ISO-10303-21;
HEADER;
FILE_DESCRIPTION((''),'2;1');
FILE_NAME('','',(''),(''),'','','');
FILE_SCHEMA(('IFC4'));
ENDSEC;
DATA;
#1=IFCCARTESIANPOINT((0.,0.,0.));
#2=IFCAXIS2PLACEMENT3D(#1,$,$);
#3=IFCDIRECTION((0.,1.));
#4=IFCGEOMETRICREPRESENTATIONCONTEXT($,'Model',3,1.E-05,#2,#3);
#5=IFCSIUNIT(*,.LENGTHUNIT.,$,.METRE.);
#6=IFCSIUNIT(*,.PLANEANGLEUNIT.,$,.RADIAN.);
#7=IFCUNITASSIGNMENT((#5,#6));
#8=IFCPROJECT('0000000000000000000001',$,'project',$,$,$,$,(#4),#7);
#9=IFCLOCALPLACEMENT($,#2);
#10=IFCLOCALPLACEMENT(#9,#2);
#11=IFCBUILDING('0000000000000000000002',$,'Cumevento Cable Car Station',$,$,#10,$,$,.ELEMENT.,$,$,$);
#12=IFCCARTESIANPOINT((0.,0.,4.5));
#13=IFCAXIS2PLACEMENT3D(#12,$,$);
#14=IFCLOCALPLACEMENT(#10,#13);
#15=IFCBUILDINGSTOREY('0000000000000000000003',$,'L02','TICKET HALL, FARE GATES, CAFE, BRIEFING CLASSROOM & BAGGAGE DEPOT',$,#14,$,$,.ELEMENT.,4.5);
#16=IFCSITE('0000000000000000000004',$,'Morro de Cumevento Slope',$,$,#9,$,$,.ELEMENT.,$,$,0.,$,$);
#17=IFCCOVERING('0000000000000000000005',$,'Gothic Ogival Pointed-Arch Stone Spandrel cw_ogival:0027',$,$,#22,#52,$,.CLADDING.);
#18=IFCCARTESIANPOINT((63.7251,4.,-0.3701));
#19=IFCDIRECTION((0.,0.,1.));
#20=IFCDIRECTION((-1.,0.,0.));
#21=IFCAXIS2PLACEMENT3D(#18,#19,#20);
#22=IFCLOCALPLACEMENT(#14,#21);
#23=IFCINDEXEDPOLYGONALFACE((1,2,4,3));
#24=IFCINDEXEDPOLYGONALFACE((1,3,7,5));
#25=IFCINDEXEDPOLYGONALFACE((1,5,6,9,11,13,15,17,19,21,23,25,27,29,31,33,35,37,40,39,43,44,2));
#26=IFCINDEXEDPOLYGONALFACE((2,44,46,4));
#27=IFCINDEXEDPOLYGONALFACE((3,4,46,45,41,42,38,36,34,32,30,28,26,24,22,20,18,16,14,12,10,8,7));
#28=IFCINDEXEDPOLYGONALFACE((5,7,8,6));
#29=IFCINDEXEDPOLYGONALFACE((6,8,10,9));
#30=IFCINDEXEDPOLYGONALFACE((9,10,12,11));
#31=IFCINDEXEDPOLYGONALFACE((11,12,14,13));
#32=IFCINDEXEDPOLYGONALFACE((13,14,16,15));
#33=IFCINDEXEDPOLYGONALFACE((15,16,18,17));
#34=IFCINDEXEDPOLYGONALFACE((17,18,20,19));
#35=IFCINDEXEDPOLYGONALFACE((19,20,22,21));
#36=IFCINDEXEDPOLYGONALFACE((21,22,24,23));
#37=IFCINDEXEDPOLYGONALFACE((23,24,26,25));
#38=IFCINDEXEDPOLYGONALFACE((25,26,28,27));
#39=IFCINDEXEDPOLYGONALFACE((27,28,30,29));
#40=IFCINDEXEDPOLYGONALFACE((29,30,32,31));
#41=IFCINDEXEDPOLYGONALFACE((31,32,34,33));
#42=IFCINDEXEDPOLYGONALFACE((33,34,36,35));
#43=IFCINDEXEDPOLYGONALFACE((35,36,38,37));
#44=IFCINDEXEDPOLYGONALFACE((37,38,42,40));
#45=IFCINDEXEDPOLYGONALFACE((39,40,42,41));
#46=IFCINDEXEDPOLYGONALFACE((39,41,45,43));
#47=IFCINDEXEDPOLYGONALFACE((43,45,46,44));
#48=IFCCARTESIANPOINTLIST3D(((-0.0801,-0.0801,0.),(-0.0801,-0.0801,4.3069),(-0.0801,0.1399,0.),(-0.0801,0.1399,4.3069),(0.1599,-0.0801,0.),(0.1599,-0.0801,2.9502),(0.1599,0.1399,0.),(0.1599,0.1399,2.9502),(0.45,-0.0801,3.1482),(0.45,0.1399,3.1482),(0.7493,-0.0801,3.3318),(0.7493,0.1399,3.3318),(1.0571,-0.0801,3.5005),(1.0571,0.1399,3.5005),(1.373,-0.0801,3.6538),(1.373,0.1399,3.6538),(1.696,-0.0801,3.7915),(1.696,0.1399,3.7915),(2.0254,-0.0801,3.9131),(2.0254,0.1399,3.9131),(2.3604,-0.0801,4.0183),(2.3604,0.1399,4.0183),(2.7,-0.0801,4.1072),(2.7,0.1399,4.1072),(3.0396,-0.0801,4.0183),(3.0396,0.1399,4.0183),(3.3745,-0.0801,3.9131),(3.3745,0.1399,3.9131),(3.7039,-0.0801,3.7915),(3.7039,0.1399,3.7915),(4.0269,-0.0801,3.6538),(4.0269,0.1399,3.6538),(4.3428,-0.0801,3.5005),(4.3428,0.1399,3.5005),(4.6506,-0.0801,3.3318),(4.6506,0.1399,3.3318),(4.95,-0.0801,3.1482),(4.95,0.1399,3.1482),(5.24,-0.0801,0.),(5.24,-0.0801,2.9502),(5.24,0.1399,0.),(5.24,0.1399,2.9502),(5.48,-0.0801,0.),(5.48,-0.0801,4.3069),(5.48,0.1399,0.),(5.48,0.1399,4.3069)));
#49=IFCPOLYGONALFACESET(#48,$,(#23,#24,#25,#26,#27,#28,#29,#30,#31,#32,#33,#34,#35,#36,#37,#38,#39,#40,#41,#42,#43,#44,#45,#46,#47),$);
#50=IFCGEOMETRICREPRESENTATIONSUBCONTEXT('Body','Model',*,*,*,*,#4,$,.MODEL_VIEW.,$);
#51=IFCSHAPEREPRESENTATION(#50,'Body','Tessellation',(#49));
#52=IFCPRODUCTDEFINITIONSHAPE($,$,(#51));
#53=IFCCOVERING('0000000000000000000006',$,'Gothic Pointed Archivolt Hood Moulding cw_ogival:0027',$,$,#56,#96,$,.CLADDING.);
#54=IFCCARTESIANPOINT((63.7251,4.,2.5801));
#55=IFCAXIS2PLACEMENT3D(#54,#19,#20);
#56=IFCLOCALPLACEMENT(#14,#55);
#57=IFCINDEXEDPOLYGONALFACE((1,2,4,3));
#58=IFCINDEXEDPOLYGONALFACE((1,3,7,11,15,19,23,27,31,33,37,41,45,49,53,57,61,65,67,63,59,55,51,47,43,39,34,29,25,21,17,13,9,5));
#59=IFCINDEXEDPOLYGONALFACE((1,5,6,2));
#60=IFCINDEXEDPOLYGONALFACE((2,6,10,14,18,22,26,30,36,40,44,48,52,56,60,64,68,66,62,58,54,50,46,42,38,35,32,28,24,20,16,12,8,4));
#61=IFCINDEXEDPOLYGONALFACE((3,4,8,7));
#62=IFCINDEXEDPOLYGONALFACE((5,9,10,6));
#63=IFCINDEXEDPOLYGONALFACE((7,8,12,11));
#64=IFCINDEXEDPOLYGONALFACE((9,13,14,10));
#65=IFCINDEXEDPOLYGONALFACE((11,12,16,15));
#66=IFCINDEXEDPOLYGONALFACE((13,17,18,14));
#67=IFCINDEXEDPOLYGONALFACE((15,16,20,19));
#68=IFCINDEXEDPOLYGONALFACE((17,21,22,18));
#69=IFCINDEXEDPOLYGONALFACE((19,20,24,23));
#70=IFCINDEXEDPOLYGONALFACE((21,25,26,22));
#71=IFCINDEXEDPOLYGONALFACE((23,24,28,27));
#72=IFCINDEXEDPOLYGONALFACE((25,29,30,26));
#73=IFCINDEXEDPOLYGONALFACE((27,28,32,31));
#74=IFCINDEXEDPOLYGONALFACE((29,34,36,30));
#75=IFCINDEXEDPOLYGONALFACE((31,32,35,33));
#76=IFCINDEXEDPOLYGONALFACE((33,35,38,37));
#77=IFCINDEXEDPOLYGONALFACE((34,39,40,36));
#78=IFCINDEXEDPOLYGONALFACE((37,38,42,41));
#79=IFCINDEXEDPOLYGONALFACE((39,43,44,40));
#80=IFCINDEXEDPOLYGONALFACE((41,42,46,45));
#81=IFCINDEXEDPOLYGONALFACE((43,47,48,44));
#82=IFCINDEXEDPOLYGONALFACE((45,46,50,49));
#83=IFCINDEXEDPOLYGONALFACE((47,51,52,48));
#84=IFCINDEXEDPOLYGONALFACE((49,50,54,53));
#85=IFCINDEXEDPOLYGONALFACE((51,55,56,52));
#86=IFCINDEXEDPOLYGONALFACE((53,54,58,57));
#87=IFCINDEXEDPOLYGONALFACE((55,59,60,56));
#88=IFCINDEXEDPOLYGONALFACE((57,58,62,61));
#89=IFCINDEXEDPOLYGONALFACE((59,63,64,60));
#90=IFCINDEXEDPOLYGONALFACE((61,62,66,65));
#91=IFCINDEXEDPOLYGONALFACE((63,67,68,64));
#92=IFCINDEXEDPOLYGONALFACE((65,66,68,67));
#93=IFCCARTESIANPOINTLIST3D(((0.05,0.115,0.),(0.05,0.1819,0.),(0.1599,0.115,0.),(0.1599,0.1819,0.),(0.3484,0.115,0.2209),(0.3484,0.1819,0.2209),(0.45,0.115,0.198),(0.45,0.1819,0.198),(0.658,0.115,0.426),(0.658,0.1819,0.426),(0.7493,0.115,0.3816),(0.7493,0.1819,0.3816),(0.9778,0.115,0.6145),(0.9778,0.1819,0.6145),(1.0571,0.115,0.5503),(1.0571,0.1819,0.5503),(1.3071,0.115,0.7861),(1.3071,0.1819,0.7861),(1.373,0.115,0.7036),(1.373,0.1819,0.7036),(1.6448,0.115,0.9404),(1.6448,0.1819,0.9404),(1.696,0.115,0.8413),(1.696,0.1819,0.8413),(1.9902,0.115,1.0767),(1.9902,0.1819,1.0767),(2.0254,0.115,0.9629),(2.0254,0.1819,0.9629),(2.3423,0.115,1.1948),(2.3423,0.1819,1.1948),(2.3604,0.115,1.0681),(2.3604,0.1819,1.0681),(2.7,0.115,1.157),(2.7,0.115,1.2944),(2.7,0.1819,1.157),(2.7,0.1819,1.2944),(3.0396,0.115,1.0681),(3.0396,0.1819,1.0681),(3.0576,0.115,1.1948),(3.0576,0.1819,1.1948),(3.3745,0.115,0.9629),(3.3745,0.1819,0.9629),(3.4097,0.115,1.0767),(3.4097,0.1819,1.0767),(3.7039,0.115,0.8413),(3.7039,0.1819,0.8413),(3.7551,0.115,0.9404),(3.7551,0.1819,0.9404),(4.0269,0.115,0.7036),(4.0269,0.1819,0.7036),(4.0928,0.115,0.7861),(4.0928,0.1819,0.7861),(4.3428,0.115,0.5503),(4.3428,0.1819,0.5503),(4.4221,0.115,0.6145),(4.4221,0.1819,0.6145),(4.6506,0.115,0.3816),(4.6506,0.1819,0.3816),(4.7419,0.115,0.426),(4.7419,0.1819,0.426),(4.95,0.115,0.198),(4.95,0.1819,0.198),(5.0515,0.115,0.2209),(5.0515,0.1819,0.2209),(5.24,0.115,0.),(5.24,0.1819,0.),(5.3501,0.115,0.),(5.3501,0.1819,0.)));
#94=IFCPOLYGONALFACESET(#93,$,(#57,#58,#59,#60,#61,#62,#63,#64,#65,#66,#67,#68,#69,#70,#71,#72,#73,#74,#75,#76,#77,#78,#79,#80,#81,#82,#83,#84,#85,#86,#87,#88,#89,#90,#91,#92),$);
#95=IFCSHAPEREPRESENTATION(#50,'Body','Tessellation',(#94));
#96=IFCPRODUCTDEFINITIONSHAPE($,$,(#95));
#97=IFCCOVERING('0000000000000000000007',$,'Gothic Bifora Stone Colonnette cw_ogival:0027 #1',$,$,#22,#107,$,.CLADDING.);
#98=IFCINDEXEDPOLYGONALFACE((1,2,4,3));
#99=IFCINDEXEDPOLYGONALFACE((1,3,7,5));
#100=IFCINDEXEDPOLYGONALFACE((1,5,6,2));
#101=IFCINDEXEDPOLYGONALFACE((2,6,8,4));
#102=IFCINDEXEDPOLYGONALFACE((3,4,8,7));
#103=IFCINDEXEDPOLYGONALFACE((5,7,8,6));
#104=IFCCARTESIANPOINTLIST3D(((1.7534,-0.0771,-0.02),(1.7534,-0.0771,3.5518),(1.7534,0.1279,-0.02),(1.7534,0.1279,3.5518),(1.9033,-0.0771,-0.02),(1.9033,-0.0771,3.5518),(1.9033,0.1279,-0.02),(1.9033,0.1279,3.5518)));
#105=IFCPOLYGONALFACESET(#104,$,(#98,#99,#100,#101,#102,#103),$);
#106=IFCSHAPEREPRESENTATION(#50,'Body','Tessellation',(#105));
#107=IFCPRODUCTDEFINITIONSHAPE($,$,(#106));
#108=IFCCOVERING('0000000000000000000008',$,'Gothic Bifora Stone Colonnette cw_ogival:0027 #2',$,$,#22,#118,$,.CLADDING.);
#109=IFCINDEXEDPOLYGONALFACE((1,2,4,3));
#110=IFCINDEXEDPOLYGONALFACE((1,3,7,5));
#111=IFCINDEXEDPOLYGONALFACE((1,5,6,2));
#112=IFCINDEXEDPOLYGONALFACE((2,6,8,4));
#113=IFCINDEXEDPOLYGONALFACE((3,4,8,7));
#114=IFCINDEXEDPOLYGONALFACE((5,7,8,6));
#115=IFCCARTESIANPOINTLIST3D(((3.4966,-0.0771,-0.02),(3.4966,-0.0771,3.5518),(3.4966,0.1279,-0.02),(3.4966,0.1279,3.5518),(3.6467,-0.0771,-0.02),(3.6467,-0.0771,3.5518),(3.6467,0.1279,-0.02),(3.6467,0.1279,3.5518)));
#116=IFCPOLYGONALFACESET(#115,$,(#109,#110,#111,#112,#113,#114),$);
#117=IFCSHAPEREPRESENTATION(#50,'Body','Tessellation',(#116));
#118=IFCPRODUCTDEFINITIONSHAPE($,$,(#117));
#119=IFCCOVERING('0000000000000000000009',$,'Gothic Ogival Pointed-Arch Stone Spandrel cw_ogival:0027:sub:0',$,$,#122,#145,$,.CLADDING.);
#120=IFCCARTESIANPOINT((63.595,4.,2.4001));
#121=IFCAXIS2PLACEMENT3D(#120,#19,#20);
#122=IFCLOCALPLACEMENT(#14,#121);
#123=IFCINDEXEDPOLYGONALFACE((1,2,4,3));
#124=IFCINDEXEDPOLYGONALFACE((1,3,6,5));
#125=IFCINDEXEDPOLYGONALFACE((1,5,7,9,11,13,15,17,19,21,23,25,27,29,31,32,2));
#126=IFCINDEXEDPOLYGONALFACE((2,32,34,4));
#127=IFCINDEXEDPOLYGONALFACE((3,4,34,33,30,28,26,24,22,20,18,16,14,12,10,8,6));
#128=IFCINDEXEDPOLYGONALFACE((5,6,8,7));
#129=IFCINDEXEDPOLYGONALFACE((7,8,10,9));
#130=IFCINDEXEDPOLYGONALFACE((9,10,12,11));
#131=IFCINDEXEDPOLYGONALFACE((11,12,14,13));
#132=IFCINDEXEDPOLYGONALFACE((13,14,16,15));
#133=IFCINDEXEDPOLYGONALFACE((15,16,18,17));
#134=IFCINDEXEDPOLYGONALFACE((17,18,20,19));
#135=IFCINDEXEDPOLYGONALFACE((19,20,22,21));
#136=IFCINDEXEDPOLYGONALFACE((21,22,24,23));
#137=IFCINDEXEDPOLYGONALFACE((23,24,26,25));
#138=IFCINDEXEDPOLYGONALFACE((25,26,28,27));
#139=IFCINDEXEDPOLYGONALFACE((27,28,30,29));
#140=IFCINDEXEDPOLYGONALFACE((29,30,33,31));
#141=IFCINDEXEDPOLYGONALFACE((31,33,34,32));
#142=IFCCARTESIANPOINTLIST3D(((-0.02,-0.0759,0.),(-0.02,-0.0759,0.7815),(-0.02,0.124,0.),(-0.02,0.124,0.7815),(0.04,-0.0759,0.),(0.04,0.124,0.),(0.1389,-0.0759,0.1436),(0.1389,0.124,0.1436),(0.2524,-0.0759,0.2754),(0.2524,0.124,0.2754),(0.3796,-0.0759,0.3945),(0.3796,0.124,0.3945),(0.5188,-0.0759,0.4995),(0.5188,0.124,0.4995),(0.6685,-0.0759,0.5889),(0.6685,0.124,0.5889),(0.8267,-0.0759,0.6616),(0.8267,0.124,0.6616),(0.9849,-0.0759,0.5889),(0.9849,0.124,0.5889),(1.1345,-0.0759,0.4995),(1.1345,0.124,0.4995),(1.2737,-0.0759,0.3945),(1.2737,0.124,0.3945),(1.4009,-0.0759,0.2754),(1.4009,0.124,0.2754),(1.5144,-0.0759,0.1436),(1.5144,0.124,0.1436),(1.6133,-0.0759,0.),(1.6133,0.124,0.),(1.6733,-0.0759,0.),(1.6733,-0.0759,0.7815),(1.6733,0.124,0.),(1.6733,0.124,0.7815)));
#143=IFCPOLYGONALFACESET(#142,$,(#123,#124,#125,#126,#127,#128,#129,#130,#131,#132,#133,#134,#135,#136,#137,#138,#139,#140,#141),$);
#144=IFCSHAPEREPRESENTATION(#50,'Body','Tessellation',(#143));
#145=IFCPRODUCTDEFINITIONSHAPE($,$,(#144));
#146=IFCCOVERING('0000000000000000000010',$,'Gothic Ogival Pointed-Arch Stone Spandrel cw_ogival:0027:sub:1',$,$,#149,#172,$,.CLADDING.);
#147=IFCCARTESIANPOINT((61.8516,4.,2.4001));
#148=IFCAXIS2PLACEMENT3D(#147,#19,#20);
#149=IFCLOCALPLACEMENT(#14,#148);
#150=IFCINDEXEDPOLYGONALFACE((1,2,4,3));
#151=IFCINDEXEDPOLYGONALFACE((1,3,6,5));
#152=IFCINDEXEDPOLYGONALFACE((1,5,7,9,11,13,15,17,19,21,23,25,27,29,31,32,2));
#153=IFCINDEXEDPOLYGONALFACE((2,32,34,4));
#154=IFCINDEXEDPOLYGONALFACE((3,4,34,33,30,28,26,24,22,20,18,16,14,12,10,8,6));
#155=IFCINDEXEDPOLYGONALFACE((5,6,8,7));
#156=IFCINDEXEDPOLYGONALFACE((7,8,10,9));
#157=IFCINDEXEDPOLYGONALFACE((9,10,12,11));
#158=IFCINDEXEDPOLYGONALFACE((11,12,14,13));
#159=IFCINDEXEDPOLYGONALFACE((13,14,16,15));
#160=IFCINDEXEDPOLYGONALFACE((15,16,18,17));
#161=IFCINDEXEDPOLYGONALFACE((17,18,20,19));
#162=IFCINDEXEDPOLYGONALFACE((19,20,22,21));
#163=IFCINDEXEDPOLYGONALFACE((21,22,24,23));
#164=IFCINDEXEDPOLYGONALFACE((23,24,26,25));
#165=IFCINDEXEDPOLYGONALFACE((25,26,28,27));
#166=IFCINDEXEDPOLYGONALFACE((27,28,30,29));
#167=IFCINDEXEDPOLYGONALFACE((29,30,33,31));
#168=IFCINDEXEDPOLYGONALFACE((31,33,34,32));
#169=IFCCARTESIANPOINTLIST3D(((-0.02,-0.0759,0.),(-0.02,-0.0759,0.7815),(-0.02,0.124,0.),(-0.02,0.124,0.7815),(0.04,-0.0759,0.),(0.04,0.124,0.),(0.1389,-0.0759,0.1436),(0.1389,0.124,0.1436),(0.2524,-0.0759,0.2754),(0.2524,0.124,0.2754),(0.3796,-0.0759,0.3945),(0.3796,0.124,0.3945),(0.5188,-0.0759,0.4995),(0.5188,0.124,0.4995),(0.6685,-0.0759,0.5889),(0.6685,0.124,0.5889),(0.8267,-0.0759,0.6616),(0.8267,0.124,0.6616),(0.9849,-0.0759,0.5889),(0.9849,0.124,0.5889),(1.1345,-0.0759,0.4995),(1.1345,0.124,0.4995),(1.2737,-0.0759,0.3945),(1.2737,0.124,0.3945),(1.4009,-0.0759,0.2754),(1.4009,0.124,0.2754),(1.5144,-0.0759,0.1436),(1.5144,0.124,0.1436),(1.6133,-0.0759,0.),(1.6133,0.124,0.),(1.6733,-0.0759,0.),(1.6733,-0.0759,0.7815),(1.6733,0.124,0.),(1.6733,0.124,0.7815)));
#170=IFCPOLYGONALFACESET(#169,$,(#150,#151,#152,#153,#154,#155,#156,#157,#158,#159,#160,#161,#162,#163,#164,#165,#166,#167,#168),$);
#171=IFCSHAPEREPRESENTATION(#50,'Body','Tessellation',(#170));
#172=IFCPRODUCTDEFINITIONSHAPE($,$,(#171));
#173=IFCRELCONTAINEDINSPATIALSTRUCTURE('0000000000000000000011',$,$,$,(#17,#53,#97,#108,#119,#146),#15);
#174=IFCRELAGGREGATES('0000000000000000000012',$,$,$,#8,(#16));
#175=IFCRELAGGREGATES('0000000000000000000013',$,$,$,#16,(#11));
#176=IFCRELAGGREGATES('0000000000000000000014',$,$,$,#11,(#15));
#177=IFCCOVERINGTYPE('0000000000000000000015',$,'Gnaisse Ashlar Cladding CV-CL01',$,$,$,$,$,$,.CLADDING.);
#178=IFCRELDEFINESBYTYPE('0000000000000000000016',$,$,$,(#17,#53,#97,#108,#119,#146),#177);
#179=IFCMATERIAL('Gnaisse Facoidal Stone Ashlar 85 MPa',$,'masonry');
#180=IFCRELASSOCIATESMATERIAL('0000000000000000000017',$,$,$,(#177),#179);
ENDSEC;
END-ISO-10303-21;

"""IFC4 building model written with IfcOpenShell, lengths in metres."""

from ifc_helpers import new_model, si_unit, direction, frame, origin, place, context, subcontext, project, spatial, polyline, outline, extrude, material, type_object, element, save


model = new_model("IFC4")

# Units and contexts
model_context = context("Model", 3, precision=1e-05, world=origin(), true_north=direction((0.0, 1.0)))
body_context = subcontext(model_context, "Body", "Model", "MODEL_VIEW")
ifc_project = project(units=[si_unit("LENGTHUNIT", "METRE"), si_unit("PLANEANGLEUNIT", "RADIAN")], contexts=[model_context])

# Site, building, storey
site_placement = place(None, origin())
site = spatial("IfcSite", under=ifc_project, at=site_placement, Name="Morro de Cumevento Slope", CompositionType="ELEMENT", RefElevation=0.0)
building_placement = place(site_placement, origin())
building = spatial("IfcBuilding", under=site, at=building_placement, Name="Cumevento Cable Car Station", CompositionType="ELEMENT")
storey_placement = place(building_placement, frame((0.0, 0.0, 4.5)))
storey = spatial("IfcBuildingStorey", under=building, at=storey_placement, Name="L02", Description="TICKET HALL, FARE GATES, CAFE, BRIEFING CLASSROOM & BAGGAGE DEPOT", CompositionType="ELEMENT", Elevation=4.5)

# Coverings
ifc_material_1 = material(Name="Gnaisse Facoidal Stone Ashlar 85 MPa", Category="masonry")
covering_type = type_object("IfcCoveringType", Name="Gnaisse Ashlar Cladding CV-CL01", PredefinedType="CLADDING", material=ifc_material_1)
placement = place(storey_placement, frame((63.7251, 4.0, -0.3701), z_axis=(0.0, 0.0, 1.0), x_axis=(-1.0, 0.0, 0.0)))
element("IfcCovering", 1, at=placement, inside=storey, type_object=covering_type, Name="Gothic Ogival Pointed-Arch Stone Spandrel cw_ogival:0027", PredefinedType="CLADDING", context=body_context, shape_type="SweptSolid", body=[
    extrude(outline(polyline([(-0.0801, 0.0), (-0.0801, 4.3069), (5.48, 4.3069), (5.48, 0.0), (5.24, 0.0), (5.24, 2.9502), (4.95, 3.1482), (4.6506, 3.3318), (4.3428, 3.5005), (4.0269, 3.6538), (3.7039, 3.7915), (3.3745, 3.9131), (3.0396, 4.0183), (2.7, 4.1072), (2.3604, 4.0183), (2.0254, 3.9131), (1.696, 3.7915), (1.373, 3.6538), (1.0571, 3.5005), (0.7493, 3.3318), (0.45, 3.1482), (0.1599, 2.9502), (0.1599, 0.0), (-0.0801, 0.0)])), frame((0.0, 0.1399, 0.0), z_axis=(0.0, -1.0, 0.0), x_axis=(1.0, 0.0, 0.0)), (0.0, 0.0, 1.0), 0.22),
])
covering_1_placement = place(storey_placement, frame((63.7251, 4.0, 2.5801), z_axis=(0.0, 0.0, 1.0), x_axis=(-1.0, 0.0, 0.0)))
element("IfcCovering", 2, at=covering_1_placement, inside=storey, type_object=covering_type, Name="Gothic Pointed Archivolt Hood Moulding cw_ogival:0027", PredefinedType="CLADDING", context=body_context, shape_type="SweptSolid", body=[
    extrude(outline(polyline([(0.1599, 0.0), (0.45, 0.198), (0.7493, 0.3816), (1.0571, 0.5503), (1.373, 0.7036), (1.696, 0.8413), (2.0254, 0.9629), (2.3604, 1.0681), (2.7, 1.157), (3.0396, 1.0681), (3.3745, 0.9629), (3.7039, 0.8413), (4.0269, 0.7036), (4.3428, 0.5503), (4.6506, 0.3816), (4.95, 0.198), (5.24, 0.0), (5.3501, 0.0), (5.0515, 0.2209), (4.7419, 0.426), (4.4221, 0.6145), (4.0928, 0.7861), (3.7551, 0.9404), (3.4097, 1.0767), (3.0576, 1.1948), (2.7, 1.2944), (2.3423, 1.1948), (1.9902, 1.0767), (1.6448, 0.9404), (1.3071, 0.7861), (0.9778, 0.6145), (0.658, 0.426), (0.3484, 0.2209), (0.05, 0.0), (0.1599, 0.0)])), frame((0.0, 0.1819, 0.0), z_axis=(0.0, -1.0, 0.0), x_axis=(1.0, 0.0, 0.0)), (0.0, 0.0, 1.0), 0.0669),
])
element("IfcCovering", 3, at=placement, inside=storey, type_object=covering_type, Name="Gothic Bifora Stone Colonnette cw_ogival:0027 #1", PredefinedType="CLADDING", context=body_context, shape_type="SweptSolid", body=[
    extrude(outline(polyline([(1.7534, -0.02), (1.9033, -0.02), (1.9033, 3.5518), (1.7534, 3.5518), (1.7534, -0.02)])), frame((0.0, 0.1279, 0.0), z_axis=(0.0, -1.0, 0.0), x_axis=(1.0, 0.0, 0.0)), (0.0, 0.0, 1.0), 0.2051),
])
element("IfcCovering", 4, at=placement, inside=storey, type_object=covering_type, Name="Gothic Bifora Stone Colonnette cw_ogival:0027 #2", PredefinedType="CLADDING", context=body_context, shape_type="SweptSolid", body=[
    extrude(outline(polyline([(3.4966, -0.02), (3.6467, -0.02), (3.6467, 3.5518), (3.4966, 3.5518), (3.4966, -0.02)])), frame((0.0, 0.1279, 0.0), z_axis=(0.0, -1.0, 0.0), x_axis=(1.0, 0.0, 0.0)), (0.0, 0.0, 1.0), 0.2051),
])
for number, where, z_axis, x_axis, name in (
    (5, (63.595, 4.0, 2.4001), (0.0, 0.0, 1.0), (-1.0, 0.0, 0.0), "Gothic Ogival Pointed-Arch Stone Spandrel cw_ogival:0027:sub:0"),
    (6, (61.8516, 4.0, 2.4001), (0.0, 0.0, 1.0), (-1.0, 0.0, 0.0), "Gothic Ogival Pointed-Arch Stone Spandrel cw_ogival:0027:sub:1"),
):
    element("IfcCovering", number, at=place(storey_placement, frame(where, z_axis=z_axis, x_axis=x_axis)), inside=storey, type_object=covering_type, Name=name, PredefinedType="CLADDING", context=body_context, shape_type="SweptSolid", body=[
        extrude(outline(polyline([(-0.02, 0.0), (-0.02, 0.7815), (1.6733, 0.7815), (1.6733, 0.0), (1.6133, 0.0), (1.5144, 0.1436), (1.4009, 0.2754), (1.2737, 0.3945), (1.1345, 0.4995), (0.9849, 0.5889), (0.8267, 0.6616), (0.6685, 0.5889), (0.5188, 0.4995), (0.3796, 0.3945), (0.2524, 0.2754), (0.1389, 0.1436), (0.04, 0.0), (-0.02, 0.0)])), frame((0.0, 0.124, 0.0), z_axis=(0.0, -1.0, 0.0), x_axis=(1.0, 0.0, 0.0)), (0.0, 0.0, 1.0), 0.2),
    ])

save(model, "model.ifc")
